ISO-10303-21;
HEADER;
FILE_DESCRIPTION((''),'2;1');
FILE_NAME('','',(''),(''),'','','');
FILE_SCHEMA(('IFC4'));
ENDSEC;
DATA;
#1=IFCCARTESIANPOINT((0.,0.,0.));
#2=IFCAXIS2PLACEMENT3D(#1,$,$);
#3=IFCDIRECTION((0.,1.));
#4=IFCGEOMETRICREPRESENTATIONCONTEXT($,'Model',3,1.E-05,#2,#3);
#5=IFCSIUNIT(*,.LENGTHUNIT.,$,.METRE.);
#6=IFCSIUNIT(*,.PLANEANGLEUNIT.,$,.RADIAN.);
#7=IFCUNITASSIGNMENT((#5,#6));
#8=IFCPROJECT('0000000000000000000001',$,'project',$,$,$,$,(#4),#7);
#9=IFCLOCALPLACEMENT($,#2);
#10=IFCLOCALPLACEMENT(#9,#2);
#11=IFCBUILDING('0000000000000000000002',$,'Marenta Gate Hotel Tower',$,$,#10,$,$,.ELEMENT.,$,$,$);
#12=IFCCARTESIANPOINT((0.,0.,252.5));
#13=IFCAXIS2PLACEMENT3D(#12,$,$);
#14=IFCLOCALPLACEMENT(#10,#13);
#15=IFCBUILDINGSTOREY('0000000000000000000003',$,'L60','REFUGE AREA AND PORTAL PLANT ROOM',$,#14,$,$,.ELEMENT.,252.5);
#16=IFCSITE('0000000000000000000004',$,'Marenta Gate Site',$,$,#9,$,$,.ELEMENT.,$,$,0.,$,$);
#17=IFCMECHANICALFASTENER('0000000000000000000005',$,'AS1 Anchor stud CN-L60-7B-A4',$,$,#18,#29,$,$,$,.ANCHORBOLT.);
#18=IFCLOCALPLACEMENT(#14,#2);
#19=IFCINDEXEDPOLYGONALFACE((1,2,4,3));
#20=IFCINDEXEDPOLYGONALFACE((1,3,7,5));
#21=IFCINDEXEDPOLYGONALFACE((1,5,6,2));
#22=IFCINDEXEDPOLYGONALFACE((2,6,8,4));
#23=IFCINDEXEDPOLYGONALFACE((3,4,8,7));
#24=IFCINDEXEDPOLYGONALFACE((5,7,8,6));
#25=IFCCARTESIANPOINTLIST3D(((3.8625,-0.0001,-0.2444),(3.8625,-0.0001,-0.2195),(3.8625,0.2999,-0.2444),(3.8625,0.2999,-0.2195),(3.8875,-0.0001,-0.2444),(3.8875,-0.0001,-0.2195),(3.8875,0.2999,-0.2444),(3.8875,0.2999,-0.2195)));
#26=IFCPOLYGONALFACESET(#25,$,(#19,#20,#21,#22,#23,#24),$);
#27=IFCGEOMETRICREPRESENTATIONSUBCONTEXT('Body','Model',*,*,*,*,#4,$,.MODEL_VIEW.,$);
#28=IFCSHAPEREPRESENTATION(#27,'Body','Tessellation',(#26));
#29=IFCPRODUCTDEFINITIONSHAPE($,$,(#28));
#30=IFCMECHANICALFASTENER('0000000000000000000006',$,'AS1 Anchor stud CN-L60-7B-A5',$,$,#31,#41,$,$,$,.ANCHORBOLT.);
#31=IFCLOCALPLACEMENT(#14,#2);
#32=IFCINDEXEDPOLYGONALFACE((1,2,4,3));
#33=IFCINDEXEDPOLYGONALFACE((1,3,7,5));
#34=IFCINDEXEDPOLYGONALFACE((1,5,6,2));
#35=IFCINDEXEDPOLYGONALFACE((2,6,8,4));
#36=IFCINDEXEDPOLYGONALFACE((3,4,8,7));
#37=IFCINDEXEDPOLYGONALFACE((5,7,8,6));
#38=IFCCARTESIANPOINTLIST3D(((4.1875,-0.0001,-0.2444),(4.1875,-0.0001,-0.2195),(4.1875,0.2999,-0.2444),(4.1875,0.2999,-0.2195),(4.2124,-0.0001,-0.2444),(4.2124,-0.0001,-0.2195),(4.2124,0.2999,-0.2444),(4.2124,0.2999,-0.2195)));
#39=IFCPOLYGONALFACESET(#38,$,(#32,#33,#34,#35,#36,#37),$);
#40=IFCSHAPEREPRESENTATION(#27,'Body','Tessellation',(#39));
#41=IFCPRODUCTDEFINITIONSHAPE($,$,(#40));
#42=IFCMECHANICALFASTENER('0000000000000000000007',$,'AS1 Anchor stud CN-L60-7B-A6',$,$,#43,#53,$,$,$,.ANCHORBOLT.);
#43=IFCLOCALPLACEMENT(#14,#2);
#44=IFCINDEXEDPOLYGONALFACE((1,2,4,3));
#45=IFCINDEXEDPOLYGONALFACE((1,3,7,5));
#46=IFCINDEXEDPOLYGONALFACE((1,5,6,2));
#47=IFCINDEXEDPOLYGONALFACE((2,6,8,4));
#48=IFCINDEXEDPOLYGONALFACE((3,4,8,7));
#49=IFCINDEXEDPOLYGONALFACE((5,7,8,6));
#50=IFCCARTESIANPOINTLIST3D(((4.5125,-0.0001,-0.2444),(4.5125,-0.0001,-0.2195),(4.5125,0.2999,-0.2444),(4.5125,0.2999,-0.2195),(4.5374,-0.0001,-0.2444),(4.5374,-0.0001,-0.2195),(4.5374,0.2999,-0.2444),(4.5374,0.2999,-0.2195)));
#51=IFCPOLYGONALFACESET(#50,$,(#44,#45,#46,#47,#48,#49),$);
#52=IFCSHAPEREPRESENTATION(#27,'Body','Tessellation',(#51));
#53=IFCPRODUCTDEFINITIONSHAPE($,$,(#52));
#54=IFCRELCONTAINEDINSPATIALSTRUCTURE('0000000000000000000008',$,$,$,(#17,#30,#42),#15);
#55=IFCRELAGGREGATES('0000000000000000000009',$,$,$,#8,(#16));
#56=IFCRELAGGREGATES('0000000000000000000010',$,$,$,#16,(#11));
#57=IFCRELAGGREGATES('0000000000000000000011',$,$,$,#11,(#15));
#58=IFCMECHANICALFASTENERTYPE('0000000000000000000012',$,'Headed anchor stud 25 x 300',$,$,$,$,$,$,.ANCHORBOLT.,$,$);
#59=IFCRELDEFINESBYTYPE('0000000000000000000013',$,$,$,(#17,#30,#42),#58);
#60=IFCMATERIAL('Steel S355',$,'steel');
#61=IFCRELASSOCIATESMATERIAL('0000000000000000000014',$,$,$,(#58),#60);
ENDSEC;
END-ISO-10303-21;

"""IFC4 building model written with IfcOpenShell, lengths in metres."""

from ifc_helpers import new_model, si_unit, direction, frame, origin, origin_2d, place, context, subcontext, project, spatial, rectangle, extrude, material, type_object, element, save


model = new_model("IFC4")

# Units and contexts
model_context = context("Model", 3, precision=1e-05, world=origin(), true_north=direction((0.0, 1.0)))
body_context = subcontext(model_context, "Body", "Model", "MODEL_VIEW")
ifc_project = project(units=[si_unit("LENGTHUNIT", "METRE"), si_unit("PLANEANGLEUNIT", "RADIAN")], contexts=[model_context])

# Site, building, storey
site_placement = place(None, origin())
site = spatial("IfcSite", under=ifc_project, at=site_placement, Name="Marenta Gate Site", CompositionType="ELEMENT", RefElevation=0.0)
building_placement = place(site_placement, origin())
building = spatial("IfcBuilding", under=site, at=building_placement, Name="Marenta Gate Hotel Tower", CompositionType="ELEMENT")
storey_placement = place(building_placement, frame((0.0, 0.0, 252.5)))
storey = spatial("IfcBuildingStorey", under=building, at=storey_placement, Name="L60", Description="REFUGE AREA AND PORTAL PLANT ROOM", CompositionType="ELEMENT", Elevation=252.5)

# Mechanical fasteners
ifc_material_1 = material(Name="Steel S355", Category="steel")
mechanical_fastener_type = type_object("IfcMechanicalFastenerType", Name="Headed anchor stud 25 x 300", PredefinedType="ANCHORBOLT", material=ifc_material_1)
for number, where, z_axis, x_axis, name in (
    (1, (3.875, 0.1499, -0.2444), (0.0, 0.0, 1.0), (1.0, 0.0, 0.0), "AS1 Anchor stud CN-L60-7B-A4"),
    (2, (4.2, 0.1499, -0.2444), (0.0, 0.0, 1.0), (1.0, 0.0, 0.0), "AS1 Anchor stud CN-L60-7B-A5"),
    (3, (4.5249, 0.1499, -0.2444), (0.0, 0.0, 1.0), (1.0, 0.0, 0.0), "AS1 Anchor stud CN-L60-7B-A6"),
):
    element("IfcMechanicalFastener", number, at=place(storey_placement, frame(where, z_axis=z_axis, x_axis=x_axis)), inside=storey, type_object=mechanical_fastener_type, Name=name, PredefinedType="ANCHORBOLT", context=body_context, shape_type="SweptSolid", body=[
        extrude(rectangle(XDim=0.0249, YDim=0.3, at=origin_2d()), origin(), (0.0, 0.0, 1.0), 0.0249),
    ])

save(model, "model.ifc")
